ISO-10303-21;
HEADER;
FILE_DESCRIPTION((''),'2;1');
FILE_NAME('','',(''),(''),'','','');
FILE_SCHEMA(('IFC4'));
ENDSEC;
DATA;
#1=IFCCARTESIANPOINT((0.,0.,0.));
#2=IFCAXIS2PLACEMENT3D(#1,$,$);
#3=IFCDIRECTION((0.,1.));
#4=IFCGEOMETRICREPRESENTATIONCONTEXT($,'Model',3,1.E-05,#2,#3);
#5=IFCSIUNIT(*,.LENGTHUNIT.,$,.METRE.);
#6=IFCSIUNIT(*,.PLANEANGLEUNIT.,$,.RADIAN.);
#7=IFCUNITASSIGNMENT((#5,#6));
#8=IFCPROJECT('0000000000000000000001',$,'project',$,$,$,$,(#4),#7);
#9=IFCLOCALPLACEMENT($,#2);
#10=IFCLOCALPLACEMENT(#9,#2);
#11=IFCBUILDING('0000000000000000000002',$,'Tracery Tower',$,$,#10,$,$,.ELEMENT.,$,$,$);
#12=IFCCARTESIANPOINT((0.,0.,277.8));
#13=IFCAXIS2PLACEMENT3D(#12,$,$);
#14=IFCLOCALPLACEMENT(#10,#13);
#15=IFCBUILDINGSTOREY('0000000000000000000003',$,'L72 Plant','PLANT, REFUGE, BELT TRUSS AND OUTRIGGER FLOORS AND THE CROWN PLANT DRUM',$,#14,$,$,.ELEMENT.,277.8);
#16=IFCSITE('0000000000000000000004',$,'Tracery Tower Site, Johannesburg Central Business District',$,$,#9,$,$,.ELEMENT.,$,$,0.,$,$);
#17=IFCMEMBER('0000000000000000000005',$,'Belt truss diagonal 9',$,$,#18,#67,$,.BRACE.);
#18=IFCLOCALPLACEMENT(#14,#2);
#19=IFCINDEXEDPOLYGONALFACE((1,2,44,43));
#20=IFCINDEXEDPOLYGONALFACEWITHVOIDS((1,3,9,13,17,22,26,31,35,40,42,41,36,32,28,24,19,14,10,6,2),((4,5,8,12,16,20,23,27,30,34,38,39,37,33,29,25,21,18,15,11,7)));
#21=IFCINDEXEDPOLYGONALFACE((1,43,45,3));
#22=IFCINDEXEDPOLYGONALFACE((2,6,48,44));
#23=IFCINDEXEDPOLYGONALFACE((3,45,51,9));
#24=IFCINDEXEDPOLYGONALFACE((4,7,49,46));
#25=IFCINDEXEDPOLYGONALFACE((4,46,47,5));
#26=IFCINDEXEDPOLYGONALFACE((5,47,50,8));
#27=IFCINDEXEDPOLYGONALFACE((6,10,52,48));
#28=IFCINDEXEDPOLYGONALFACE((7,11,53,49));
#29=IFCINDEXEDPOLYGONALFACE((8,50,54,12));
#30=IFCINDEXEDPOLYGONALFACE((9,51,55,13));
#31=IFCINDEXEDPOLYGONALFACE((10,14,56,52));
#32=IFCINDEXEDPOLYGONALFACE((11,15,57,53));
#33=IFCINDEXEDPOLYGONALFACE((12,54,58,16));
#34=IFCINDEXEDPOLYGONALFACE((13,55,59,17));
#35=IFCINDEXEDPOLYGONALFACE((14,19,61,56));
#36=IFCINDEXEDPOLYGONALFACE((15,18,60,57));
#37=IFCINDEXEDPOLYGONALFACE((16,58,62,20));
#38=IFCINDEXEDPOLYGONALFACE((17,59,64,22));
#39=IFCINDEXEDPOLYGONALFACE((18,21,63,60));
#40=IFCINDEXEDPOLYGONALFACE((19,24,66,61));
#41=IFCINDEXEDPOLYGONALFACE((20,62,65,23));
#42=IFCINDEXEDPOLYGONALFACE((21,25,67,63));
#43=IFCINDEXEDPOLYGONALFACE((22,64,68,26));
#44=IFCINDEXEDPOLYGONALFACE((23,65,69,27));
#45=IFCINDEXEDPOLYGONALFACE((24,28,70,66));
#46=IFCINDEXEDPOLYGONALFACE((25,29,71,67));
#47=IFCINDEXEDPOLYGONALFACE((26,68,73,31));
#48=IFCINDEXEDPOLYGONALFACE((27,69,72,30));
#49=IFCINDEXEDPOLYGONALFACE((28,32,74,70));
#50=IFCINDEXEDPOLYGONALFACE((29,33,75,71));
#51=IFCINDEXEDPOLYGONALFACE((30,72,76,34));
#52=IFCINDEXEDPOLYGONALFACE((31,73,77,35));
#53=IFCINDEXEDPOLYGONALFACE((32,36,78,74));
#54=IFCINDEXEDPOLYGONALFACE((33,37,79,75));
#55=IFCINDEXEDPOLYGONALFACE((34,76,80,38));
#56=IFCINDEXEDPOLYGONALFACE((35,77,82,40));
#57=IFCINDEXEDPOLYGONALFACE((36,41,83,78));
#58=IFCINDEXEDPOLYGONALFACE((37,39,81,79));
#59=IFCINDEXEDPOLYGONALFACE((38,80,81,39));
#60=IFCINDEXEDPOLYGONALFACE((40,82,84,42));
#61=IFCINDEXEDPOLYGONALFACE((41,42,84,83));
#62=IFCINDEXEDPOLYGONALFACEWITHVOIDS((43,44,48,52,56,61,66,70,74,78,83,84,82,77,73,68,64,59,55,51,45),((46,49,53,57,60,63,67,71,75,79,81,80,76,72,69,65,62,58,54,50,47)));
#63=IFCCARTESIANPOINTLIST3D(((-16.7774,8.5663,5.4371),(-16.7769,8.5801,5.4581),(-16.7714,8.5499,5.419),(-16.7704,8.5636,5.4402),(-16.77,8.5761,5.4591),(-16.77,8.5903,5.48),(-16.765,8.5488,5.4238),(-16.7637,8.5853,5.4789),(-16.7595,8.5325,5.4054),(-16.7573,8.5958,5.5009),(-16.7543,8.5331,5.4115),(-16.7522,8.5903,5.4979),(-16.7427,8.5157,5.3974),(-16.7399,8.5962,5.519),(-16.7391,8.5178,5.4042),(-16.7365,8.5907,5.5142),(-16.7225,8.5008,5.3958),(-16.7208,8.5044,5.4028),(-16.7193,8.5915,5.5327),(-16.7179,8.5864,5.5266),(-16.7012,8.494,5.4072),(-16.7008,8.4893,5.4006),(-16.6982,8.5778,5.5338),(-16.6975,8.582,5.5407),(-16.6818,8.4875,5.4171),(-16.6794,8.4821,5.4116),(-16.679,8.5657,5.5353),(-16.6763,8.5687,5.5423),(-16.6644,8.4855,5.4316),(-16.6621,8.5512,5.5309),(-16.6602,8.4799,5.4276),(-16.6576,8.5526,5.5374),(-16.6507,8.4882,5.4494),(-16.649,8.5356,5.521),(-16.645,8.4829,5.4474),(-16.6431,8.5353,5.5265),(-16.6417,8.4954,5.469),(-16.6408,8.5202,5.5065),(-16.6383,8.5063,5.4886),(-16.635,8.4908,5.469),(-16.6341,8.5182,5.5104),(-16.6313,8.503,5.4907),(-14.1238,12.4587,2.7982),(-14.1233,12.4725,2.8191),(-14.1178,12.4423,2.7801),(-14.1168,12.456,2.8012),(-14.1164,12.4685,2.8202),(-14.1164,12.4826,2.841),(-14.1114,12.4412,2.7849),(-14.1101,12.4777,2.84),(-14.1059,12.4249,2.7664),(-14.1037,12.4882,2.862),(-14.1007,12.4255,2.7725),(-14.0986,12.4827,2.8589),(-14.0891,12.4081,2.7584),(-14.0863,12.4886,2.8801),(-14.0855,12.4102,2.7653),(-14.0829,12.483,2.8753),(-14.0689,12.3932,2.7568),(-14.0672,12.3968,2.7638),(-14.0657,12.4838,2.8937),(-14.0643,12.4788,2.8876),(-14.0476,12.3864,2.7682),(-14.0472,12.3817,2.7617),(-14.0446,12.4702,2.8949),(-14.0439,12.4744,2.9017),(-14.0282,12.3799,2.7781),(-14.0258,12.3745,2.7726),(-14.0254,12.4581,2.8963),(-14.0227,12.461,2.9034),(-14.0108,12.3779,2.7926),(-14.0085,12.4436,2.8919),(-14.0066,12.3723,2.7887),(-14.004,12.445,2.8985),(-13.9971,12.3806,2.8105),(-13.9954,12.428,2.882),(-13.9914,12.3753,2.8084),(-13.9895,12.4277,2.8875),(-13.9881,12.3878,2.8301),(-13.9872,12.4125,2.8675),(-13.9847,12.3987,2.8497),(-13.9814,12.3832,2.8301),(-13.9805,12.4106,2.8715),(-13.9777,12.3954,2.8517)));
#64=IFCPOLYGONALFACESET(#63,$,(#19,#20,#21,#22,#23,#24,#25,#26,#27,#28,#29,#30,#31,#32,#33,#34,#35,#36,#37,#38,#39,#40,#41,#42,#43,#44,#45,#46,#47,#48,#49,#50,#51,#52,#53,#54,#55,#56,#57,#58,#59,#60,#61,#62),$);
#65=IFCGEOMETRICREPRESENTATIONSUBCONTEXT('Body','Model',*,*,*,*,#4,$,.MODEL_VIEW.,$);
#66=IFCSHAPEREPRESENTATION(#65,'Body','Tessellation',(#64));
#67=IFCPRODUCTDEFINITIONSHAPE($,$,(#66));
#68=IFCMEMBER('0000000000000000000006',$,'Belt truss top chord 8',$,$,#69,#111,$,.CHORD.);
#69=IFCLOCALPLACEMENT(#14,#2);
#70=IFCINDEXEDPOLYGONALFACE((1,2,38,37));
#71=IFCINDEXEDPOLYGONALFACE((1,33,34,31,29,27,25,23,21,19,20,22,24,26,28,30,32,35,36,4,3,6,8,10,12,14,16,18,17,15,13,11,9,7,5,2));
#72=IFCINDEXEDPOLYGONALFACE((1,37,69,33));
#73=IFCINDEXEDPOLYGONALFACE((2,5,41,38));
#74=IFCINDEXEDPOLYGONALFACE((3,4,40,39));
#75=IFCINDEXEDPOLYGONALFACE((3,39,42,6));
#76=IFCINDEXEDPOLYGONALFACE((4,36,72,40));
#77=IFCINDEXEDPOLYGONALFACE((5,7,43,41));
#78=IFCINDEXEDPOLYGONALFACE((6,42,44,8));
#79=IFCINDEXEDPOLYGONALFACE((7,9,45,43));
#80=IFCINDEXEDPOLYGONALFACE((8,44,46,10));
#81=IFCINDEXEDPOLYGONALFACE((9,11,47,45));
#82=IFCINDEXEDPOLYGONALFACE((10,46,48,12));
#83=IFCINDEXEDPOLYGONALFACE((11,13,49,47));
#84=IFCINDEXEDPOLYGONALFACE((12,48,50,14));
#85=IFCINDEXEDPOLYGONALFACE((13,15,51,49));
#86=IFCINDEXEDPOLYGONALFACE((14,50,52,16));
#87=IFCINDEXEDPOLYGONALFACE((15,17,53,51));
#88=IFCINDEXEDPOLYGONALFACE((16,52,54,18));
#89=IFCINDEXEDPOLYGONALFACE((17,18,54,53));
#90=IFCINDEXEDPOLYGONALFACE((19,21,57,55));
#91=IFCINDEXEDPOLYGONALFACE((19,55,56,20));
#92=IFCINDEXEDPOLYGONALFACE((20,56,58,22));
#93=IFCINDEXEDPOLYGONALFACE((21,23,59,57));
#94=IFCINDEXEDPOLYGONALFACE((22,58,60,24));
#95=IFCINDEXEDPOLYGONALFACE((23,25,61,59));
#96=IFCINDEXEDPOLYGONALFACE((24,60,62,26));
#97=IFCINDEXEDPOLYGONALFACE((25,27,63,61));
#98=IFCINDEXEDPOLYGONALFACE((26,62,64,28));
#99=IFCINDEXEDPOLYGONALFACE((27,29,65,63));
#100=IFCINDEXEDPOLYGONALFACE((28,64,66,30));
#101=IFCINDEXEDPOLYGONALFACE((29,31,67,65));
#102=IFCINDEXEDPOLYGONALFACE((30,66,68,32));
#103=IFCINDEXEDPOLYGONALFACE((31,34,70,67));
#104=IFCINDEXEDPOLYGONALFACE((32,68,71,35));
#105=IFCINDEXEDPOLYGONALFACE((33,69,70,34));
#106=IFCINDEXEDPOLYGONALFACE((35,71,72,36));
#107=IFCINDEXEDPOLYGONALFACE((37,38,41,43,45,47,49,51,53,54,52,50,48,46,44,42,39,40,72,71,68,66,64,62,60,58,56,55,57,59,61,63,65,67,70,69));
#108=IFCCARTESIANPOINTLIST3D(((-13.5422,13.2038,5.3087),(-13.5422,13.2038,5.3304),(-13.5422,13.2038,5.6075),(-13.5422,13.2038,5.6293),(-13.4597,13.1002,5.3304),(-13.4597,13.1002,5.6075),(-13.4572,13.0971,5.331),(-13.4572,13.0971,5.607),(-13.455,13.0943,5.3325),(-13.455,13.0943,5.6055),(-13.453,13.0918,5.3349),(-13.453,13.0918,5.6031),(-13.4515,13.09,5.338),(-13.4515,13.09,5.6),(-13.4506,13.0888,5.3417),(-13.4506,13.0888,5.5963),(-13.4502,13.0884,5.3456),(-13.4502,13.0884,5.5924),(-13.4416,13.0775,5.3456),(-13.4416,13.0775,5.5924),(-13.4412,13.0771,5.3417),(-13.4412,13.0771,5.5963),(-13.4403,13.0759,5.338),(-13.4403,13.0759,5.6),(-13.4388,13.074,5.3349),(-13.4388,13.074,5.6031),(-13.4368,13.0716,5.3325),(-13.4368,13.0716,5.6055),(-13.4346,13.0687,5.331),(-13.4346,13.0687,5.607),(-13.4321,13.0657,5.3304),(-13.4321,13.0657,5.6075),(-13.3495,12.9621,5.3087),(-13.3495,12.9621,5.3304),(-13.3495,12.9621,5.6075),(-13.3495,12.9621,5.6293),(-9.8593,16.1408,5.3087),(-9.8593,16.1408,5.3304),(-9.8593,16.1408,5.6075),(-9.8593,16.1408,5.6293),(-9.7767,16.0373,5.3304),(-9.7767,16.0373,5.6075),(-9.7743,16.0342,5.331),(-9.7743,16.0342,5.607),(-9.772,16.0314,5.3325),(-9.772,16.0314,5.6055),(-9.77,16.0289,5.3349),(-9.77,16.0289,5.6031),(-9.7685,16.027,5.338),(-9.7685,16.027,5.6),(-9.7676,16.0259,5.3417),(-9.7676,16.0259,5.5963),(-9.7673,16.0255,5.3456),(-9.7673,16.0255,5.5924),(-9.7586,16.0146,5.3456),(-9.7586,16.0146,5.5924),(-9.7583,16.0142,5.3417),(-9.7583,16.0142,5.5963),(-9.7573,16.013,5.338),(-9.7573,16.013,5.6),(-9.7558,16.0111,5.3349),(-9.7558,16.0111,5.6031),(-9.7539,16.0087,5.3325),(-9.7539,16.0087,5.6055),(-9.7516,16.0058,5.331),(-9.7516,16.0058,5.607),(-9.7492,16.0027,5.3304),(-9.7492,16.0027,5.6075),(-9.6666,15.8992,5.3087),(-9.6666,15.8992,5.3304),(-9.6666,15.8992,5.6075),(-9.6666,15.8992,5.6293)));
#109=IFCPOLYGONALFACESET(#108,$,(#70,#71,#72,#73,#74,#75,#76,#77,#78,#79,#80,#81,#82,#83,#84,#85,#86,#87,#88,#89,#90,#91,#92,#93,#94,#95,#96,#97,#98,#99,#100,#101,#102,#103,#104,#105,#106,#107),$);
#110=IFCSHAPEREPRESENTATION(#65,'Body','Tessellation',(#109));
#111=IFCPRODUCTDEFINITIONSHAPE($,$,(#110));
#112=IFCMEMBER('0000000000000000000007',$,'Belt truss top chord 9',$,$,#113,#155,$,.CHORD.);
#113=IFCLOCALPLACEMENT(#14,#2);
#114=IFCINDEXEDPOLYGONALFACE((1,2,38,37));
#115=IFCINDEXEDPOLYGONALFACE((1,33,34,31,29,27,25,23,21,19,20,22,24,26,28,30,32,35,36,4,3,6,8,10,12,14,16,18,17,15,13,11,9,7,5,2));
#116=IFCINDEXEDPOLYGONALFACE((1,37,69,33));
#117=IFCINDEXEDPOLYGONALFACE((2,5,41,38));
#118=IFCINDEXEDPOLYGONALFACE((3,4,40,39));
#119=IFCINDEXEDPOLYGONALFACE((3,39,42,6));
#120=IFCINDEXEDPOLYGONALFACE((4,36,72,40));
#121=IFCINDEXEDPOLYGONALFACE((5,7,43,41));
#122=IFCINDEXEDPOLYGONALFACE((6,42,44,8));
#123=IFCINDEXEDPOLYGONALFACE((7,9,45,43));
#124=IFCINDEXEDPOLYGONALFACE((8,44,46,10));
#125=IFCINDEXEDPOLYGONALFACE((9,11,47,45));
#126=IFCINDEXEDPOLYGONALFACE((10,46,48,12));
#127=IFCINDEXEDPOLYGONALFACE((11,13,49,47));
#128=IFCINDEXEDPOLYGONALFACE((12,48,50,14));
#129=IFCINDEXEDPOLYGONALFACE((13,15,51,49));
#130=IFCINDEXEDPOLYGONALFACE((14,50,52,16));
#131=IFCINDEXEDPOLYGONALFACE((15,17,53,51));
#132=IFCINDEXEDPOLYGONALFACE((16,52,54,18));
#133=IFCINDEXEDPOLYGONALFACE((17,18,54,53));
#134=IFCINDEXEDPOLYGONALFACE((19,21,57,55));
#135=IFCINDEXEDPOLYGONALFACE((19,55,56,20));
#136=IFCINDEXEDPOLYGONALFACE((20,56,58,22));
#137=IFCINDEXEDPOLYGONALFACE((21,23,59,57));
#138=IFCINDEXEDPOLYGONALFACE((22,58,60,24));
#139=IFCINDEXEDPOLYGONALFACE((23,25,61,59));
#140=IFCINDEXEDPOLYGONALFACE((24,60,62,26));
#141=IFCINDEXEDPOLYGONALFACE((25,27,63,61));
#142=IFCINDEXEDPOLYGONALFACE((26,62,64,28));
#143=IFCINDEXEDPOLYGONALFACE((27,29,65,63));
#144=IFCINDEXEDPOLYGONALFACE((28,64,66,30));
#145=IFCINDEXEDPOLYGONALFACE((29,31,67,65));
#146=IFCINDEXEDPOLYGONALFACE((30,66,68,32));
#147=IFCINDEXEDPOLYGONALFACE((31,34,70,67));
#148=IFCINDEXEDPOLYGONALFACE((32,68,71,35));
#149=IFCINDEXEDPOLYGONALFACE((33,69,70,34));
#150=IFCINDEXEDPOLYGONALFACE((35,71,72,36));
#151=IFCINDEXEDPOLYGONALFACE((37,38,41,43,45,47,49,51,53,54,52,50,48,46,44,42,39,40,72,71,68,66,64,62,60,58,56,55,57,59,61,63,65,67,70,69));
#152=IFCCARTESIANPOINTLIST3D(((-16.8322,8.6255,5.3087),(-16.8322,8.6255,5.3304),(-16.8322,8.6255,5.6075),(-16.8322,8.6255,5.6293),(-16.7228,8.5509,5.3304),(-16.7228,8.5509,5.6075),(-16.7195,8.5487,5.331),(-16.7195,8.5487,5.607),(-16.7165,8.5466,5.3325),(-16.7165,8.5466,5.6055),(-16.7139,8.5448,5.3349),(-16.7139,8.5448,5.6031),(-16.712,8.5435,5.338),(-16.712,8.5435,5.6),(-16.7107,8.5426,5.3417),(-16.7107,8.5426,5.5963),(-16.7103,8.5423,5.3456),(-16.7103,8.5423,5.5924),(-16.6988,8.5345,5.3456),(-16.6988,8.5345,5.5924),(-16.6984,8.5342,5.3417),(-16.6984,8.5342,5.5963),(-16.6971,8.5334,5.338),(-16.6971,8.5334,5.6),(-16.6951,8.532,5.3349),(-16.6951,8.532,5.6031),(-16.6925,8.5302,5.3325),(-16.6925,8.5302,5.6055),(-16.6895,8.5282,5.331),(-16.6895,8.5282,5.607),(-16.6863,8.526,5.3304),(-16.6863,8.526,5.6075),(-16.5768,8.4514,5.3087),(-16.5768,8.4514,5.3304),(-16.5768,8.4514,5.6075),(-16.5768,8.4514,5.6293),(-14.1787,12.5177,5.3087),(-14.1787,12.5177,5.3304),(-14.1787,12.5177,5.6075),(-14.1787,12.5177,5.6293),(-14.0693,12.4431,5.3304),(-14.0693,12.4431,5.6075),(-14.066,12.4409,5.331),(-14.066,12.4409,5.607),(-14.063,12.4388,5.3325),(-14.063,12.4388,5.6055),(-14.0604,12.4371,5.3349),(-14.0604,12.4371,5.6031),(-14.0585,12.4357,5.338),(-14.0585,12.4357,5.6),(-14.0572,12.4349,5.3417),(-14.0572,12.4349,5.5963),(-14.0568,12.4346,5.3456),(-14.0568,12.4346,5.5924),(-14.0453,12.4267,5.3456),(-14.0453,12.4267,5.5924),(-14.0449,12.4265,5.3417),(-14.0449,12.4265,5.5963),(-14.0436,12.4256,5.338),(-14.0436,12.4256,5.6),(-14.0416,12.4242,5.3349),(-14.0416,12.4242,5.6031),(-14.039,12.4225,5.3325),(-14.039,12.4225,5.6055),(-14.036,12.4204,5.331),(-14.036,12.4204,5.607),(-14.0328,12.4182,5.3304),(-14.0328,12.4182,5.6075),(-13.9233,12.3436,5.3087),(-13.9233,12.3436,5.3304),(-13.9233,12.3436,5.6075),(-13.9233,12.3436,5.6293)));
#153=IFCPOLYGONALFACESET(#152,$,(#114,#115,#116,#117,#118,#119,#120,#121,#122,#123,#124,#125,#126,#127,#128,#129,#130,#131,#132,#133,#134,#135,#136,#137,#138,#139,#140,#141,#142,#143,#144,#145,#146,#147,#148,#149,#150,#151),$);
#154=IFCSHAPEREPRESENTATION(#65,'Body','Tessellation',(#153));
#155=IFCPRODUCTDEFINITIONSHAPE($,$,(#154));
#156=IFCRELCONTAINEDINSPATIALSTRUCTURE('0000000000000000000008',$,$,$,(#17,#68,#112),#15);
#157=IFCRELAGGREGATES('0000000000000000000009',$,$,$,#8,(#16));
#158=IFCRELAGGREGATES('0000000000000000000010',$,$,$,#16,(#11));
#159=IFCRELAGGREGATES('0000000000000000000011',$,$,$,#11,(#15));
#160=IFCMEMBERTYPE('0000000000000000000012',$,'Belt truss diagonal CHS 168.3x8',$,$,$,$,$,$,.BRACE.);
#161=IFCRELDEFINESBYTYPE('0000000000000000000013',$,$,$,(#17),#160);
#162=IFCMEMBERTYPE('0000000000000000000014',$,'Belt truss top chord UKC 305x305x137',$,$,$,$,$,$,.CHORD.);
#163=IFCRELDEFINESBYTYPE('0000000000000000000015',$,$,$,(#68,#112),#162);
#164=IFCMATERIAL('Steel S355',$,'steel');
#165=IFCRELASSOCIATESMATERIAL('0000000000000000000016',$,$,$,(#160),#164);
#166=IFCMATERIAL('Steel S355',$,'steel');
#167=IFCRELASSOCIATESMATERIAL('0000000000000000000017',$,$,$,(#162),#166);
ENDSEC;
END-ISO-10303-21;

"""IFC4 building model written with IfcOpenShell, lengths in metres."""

from ifc_helpers import new_model, si_unit, direction, frame, origin, origin_2d, place, context, subcontext, project, spatial, hollow_circle, i_section, extrude, material, material_profile, profile_set, type_object, element, save


model = new_model("IFC4")

# Units and contexts
model_context = context("Model", 3, precision=1e-05, world=origin(), true_north=direction((0.0, 1.0)))
body_context = subcontext(model_context, "Body", "Model", "MODEL_VIEW")
ifc_project = project(units=[si_unit("LENGTHUNIT", "METRE"), si_unit("PLANEANGLEUNIT", "RADIAN")], contexts=[model_context])

# Site, building, storey
site_placement = place(None, origin())
site = spatial("IfcSite", under=ifc_project, at=site_placement, Name="Tracery Tower Site, Johannesburg Central Business District", CompositionType="ELEMENT", RefElevation=0.0)
building_placement = place(site_placement, origin())
building = spatial("IfcBuilding", under=site, at=building_placement, Name="Tracery Tower", CompositionType="ELEMENT")
storey_placement = place(building_placement, frame((0.0, 0.0, 277.8)))
storey = spatial("IfcBuildingStorey", under=building, at=storey_placement, Name="L72 Plant", Description="PLANT, REFUGE, BELT TRUSS AND OUTRIGGER FLOORS AND THE CROWN PLANT DRUM", CompositionType="ELEMENT", Elevation=277.8)

# Members
ifc_material_1 = material(Name="Steel S355", Category="steel")
ifc_material_profile_1 = material_profile(ifc_material_1, hollow_circle(Radius=0.0842, WallThickness=0.0081, at=origin_2d()), Name="CHS 168.3x8")
ifc_profile_set_1 = profile_set([ifc_material_profile_1], Name="Steel S355")
member_type_1 = type_object("IfcMemberType", Name="Belt truss diagonal CHS 168.3x8", PredefinedType="BRACE", material=ifc_profile_set_1)
member_1_placement = place(storey_placement, frame((-14.051, 12.4307, 2.8301), z_axis=(-0.491438, -0.720858, 0.488725), x_axis=(0.826257, -0.563293, 0.0)))
element("IfcMember", 1, at=member_1_placement, inside=storey, type_object=member_type_1, Name="Belt truss diagonal 9", PredefinedType="BRACE", context=body_context, shape_type="SweptSolid", body=[
    extrude(hollow_circle(Radius=0.0842, WallThickness=0.0081, at=origin_2d()), origin(), (0.0, 0.0, 1.0), 5.3997),
])
ifc_material_2 = material(Name="Steel S355", Category="steel")
ifc_material_profile_2 = material_profile(ifc_material_2, i_section(OverallWidth=0.3091, OverallDepth=0.3206, WebThickness=0.0139, FlangeThickness=0.0217, FilletRadius=0.0151, at=origin_2d()), Name="UKC 305x305x137")
ifc_profile_set_2 = profile_set([ifc_material_profile_2], Name="Steel S355")
member_type_2 = type_object("IfcMemberType", Name="Belt truss top chord UKC 305x305x137", PredefinedType="CHORD", material=ifc_profile_set_2)
for number, where, z_axis, x_axis, name in (
    (2, (-9.7629, 16.02, 5.469), (-0.781829, -0.623493, 0.0), (0.623493, -0.781829, 0.0), "Belt truss top chord 8"),
    (3, (-14.051, 12.4307, 5.469), (-0.563293, -0.826257, 0.0), (0.826257, -0.563293, 0.0), "Belt truss top chord 9"),
):
    element("IfcMember", number, at=place(storey_placement, frame(where, z_axis=z_axis, x_axis=x_axis)), inside=storey, type_object=member_type_2, Name=name, PredefinedType="CHORD", context=body_context, shape_type="SweptSolid", body=[
        extrude(i_section(OverallWidth=0.3091, OverallDepth=0.3206, WebThickness=0.0139, FlangeThickness=0.0217, FilletRadius=0.0151, at=origin_2d()), origin(), (0.0, 0.0, 1.0), 4.7107),
    ])

save(model, "model.ifc")
